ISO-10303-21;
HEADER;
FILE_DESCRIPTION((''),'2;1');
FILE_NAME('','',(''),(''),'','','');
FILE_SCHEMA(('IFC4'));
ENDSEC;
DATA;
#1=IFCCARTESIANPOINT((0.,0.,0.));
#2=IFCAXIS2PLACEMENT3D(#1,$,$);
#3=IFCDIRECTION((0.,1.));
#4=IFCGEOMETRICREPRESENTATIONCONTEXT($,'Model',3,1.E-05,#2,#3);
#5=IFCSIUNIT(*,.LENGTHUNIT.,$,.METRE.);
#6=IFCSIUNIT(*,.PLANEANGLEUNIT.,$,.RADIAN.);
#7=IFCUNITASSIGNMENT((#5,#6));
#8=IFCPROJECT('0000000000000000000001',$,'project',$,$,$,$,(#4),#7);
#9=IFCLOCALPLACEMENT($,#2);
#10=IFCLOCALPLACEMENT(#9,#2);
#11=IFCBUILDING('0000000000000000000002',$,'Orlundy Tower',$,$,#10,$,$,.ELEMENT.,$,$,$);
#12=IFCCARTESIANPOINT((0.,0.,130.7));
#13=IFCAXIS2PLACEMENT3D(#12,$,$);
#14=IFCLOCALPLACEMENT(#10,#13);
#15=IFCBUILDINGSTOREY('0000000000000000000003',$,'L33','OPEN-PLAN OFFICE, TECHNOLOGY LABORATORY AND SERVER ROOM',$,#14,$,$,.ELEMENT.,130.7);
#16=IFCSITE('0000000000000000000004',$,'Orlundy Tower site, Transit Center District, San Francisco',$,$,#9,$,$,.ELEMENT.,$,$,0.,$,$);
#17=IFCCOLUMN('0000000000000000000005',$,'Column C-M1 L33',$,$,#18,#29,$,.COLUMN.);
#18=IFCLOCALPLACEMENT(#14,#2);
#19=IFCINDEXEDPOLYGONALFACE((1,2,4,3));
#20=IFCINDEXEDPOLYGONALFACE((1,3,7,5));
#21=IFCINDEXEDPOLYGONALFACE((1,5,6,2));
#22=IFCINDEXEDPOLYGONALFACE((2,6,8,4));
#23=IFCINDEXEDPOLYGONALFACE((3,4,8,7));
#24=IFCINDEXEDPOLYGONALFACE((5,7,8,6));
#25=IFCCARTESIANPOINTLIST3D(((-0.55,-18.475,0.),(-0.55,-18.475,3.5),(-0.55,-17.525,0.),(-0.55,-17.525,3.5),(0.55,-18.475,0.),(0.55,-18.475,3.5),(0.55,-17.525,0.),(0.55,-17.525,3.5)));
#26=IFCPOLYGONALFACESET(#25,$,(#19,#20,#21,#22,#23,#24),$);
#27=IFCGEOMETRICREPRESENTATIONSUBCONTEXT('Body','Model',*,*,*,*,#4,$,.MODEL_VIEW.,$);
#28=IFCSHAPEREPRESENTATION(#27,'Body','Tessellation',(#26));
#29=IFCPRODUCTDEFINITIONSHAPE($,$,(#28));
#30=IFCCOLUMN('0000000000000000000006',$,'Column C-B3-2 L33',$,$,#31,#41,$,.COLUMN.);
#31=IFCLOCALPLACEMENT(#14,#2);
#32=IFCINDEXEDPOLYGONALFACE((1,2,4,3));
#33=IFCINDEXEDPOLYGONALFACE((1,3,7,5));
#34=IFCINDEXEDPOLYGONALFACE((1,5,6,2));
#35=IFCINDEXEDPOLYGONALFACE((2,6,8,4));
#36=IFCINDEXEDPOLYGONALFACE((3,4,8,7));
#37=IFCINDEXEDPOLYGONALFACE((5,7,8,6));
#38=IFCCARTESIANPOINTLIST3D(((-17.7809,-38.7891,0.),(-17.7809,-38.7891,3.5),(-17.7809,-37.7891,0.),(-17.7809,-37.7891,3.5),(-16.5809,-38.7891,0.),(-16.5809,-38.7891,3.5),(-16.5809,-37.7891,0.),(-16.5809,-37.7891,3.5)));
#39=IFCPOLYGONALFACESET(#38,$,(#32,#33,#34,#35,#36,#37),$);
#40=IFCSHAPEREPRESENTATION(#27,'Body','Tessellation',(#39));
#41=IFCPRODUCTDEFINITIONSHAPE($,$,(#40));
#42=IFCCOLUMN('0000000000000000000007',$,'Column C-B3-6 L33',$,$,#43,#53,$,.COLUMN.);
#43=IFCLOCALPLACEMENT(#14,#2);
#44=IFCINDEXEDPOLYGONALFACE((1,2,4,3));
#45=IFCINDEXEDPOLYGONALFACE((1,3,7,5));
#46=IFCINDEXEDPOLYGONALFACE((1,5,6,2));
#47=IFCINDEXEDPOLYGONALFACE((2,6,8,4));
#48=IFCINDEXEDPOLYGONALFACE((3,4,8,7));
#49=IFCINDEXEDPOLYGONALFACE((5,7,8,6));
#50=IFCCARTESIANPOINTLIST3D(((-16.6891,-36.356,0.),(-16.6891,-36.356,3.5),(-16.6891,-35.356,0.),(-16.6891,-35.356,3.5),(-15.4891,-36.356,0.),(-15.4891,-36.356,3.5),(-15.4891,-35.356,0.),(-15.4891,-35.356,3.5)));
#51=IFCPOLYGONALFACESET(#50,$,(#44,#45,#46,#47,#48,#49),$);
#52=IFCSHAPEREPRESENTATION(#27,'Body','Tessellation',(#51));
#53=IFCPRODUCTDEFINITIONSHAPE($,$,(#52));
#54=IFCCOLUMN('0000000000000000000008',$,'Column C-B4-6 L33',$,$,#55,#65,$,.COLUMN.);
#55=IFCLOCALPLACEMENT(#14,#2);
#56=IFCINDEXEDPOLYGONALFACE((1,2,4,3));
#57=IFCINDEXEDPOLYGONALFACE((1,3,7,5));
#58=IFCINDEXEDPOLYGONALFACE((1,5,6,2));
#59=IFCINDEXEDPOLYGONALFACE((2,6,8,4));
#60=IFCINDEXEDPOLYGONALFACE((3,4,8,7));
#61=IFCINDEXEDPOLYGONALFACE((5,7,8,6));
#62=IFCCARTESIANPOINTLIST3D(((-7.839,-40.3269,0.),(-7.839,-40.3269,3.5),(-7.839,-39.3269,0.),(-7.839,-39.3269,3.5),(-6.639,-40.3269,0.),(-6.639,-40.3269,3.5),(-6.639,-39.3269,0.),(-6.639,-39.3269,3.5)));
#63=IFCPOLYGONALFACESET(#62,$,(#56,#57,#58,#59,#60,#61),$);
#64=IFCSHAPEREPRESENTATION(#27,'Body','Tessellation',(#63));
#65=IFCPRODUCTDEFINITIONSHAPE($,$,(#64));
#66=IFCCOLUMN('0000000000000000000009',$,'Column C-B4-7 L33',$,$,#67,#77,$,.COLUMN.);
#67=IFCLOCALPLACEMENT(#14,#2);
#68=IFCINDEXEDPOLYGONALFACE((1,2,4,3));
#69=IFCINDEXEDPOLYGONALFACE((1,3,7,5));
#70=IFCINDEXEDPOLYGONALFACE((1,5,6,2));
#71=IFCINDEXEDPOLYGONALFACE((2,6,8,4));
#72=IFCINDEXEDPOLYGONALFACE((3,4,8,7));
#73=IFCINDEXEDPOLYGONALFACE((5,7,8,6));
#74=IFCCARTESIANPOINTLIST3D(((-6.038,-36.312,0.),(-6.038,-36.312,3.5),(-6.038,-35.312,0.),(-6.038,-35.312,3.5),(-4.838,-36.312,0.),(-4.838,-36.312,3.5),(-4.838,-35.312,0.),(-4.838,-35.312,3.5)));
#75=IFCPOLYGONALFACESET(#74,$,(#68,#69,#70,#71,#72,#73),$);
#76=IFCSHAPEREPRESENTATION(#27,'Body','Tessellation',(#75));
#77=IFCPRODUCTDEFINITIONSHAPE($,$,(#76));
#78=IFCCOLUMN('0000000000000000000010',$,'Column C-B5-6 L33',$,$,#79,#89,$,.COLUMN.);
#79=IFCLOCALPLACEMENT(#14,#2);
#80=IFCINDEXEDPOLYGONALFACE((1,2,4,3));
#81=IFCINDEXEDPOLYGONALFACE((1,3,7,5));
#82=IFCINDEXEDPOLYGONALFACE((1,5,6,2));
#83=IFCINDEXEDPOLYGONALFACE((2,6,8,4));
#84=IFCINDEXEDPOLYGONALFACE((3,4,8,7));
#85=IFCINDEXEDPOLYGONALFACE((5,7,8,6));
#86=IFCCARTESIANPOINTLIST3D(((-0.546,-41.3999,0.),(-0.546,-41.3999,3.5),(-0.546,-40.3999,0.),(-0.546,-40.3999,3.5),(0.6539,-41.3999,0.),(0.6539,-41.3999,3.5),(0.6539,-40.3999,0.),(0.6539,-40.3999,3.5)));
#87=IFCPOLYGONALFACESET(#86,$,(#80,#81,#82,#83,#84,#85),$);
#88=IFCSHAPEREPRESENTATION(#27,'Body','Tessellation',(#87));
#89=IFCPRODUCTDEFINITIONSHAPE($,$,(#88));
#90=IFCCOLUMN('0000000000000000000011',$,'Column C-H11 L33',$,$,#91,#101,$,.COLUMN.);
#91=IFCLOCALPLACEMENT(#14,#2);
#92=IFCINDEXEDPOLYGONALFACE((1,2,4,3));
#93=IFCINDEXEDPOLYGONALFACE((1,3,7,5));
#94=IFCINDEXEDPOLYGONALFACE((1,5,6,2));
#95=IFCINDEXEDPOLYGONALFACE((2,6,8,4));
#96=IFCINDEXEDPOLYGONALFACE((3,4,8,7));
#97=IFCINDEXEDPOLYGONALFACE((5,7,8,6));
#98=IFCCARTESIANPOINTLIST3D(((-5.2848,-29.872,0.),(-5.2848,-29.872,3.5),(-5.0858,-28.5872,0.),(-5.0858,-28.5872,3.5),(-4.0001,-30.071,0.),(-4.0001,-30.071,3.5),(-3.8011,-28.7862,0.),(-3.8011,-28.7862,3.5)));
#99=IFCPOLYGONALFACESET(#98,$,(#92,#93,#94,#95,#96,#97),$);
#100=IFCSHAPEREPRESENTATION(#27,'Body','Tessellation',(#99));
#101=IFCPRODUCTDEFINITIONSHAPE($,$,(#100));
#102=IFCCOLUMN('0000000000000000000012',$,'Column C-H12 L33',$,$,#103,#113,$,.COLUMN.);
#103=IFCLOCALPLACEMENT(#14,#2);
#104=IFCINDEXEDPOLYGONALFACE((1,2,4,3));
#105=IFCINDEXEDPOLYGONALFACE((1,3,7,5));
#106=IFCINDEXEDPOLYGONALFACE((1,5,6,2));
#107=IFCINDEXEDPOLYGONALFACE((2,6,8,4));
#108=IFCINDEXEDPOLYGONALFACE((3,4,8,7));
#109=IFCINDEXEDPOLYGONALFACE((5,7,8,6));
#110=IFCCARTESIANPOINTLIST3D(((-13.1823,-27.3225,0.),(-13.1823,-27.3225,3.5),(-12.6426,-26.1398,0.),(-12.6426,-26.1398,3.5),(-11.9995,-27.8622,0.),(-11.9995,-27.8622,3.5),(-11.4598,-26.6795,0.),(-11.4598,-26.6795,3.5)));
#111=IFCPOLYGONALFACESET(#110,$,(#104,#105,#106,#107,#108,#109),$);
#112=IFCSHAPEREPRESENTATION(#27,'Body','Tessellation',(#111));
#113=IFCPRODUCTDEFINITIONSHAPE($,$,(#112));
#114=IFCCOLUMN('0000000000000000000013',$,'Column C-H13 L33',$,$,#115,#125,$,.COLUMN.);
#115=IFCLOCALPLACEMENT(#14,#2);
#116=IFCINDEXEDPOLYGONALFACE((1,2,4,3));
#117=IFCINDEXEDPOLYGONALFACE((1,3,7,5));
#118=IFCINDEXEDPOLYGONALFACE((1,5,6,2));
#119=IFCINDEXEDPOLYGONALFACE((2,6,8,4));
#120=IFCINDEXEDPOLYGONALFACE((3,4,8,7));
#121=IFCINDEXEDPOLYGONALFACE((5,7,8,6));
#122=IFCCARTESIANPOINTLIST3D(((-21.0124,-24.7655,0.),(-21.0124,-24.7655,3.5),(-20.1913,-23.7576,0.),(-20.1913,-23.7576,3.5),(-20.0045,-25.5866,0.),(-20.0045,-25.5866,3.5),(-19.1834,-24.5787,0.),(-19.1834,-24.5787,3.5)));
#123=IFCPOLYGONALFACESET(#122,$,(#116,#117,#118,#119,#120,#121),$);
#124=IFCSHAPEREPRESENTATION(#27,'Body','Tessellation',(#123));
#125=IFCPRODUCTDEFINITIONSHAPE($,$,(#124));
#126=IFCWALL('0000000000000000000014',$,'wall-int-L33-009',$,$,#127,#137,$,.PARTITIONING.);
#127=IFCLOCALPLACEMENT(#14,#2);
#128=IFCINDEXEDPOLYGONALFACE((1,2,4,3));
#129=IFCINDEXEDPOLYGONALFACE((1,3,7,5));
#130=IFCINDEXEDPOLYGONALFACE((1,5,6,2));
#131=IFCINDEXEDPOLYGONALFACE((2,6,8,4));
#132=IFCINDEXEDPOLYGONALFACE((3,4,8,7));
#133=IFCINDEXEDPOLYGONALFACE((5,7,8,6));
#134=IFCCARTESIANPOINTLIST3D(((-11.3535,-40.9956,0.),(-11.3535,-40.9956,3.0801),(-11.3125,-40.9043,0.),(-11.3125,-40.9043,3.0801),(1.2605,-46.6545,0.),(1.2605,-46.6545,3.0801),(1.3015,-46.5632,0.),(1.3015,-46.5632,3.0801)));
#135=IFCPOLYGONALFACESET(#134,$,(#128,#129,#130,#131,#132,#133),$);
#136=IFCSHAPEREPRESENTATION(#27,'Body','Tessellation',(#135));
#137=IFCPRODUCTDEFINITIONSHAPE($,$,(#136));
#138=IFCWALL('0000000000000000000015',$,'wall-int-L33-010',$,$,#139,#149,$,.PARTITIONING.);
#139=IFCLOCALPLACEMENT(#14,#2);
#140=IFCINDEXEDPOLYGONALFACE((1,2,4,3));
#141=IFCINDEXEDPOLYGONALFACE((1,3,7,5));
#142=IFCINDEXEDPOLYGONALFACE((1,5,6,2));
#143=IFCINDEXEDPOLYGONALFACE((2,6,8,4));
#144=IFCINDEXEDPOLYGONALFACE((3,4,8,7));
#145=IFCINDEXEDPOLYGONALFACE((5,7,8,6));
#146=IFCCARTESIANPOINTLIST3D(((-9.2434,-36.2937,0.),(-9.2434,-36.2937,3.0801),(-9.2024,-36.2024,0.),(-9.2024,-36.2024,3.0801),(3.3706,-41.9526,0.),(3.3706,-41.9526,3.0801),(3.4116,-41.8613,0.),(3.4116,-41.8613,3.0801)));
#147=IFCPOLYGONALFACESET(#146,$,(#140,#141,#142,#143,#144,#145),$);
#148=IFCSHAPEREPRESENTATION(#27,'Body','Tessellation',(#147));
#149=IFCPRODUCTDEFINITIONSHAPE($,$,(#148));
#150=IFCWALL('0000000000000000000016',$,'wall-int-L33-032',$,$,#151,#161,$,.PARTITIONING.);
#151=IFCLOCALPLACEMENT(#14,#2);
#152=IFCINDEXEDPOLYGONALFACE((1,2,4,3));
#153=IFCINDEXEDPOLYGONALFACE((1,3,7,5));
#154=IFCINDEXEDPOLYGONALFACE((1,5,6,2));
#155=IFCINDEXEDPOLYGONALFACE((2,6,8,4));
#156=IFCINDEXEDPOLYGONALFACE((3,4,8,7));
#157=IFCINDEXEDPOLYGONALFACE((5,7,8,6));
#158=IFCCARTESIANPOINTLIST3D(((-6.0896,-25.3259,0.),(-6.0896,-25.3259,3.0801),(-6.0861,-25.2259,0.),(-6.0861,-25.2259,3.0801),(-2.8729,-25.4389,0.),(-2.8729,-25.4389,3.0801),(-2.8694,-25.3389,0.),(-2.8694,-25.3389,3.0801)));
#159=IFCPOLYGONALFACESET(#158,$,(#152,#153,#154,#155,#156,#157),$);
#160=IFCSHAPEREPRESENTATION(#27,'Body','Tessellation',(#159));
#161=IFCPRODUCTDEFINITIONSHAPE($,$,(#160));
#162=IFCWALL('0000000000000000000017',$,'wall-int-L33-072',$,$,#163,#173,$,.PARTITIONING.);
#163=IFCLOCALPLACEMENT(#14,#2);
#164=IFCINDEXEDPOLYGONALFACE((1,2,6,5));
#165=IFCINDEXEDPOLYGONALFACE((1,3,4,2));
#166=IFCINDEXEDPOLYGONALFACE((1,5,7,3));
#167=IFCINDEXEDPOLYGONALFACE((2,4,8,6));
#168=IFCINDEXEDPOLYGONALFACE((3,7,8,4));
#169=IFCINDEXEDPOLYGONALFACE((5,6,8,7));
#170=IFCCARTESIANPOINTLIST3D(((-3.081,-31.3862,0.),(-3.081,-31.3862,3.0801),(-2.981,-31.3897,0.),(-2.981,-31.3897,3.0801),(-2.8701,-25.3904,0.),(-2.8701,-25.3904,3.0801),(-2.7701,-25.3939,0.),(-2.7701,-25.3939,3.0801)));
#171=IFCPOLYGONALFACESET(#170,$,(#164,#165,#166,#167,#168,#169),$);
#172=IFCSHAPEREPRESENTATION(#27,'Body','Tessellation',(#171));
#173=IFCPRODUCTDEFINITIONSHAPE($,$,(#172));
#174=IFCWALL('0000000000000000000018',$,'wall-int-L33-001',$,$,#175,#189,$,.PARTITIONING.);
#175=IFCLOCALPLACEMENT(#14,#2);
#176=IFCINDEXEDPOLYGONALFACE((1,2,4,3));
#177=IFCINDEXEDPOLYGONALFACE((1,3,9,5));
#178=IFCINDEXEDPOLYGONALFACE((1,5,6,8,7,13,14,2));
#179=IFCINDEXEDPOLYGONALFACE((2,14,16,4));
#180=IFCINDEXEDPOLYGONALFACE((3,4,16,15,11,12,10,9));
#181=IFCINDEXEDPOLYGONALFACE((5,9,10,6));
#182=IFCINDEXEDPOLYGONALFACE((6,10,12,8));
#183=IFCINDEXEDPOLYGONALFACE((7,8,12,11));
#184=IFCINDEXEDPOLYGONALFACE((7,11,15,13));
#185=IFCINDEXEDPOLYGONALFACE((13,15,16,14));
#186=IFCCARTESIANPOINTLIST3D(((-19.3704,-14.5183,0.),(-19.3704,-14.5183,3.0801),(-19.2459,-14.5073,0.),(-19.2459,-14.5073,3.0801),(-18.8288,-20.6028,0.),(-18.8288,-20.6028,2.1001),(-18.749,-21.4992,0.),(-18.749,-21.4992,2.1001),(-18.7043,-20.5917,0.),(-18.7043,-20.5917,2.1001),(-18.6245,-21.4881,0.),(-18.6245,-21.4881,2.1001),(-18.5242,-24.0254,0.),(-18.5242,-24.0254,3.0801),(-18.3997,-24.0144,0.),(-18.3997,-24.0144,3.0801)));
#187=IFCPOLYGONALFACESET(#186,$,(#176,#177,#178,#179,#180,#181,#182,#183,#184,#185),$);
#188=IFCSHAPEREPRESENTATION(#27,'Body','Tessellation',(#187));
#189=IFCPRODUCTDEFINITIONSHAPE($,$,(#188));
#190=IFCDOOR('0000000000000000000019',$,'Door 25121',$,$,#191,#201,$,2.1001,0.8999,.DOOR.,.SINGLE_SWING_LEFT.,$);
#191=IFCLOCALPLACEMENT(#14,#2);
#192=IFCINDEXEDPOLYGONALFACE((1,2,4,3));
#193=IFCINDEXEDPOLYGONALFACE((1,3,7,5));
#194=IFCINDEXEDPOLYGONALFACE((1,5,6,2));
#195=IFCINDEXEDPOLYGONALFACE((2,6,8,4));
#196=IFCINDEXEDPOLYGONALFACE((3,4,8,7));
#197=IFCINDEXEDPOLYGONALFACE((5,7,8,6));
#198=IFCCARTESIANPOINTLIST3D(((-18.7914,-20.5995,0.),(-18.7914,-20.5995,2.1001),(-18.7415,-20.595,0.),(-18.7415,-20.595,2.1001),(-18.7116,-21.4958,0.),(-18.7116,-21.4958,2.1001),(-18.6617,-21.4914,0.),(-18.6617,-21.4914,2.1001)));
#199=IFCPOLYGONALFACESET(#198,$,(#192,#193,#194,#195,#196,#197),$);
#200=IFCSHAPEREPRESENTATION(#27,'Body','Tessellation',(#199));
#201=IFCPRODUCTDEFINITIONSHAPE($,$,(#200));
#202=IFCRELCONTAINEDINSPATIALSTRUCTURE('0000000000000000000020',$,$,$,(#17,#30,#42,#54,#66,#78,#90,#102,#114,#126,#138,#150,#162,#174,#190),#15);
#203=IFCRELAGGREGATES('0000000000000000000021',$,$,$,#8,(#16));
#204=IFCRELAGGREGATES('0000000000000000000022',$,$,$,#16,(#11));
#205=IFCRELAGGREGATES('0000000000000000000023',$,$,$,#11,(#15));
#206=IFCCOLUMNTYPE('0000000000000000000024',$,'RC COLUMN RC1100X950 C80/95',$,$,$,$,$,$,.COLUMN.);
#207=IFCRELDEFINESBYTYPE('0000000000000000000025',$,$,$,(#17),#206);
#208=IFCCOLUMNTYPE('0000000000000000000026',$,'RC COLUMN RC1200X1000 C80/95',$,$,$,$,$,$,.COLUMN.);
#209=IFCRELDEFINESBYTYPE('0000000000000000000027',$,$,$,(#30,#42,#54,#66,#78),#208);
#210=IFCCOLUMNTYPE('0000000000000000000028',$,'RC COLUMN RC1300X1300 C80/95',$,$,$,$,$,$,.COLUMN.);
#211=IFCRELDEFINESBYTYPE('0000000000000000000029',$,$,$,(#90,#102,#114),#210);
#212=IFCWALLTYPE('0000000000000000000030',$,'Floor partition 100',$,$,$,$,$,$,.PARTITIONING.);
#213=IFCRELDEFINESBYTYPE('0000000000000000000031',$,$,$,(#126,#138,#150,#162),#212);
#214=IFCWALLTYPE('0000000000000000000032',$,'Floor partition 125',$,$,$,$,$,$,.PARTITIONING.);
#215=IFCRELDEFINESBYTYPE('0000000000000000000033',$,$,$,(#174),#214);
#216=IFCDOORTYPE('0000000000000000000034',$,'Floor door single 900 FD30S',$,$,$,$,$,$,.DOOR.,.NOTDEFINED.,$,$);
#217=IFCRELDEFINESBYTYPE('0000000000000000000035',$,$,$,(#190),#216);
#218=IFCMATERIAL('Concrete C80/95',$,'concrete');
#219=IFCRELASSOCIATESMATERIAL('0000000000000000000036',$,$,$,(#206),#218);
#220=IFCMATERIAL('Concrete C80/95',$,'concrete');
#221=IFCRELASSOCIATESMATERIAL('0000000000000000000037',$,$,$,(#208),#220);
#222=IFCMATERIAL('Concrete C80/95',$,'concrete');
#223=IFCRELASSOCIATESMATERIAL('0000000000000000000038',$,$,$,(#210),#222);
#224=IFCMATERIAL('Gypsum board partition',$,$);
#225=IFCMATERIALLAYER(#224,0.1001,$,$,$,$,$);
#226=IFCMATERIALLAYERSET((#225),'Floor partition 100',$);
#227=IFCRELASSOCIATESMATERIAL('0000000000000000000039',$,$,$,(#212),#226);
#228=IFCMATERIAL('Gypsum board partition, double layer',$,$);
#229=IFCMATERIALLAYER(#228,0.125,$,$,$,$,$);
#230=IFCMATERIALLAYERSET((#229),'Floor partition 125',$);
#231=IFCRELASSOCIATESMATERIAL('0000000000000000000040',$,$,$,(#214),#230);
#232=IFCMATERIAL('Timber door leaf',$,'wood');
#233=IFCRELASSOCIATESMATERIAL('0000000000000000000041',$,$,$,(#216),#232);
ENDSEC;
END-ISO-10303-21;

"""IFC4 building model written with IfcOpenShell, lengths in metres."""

from ifc_helpers import new_model, si_unit, direction, frame, frame_2d, origin, origin_2d, place, context, subcontext, project, spatial, rectangle, extrude, material, layer, layer_set, material_profile, profile_set, type_object, element, fill, save


model = new_model("IFC4")

# Units and contexts
model_context = context("Model", 3, precision=1e-05, world=origin(), true_north=direction((0.0, 1.0)))
body_context = subcontext(model_context, "Body", "Model", "MODEL_VIEW")
ifc_project = project(units=[si_unit("LENGTHUNIT", "METRE"), si_unit("PLANEANGLEUNIT", "RADIAN")], contexts=[model_context])

# Site, building, storey
site_placement = place(None, origin())
site = spatial("IfcSite", under=ifc_project, at=site_placement, Name="Orlundy Tower site, Transit Center District, San Francisco", CompositionType="ELEMENT", RefElevation=0.0)
building_placement = place(site_placement, origin())
building = spatial("IfcBuilding", under=site, at=building_placement, Name="Orlundy Tower", CompositionType="ELEMENT")
storey_placement = place(building_placement, frame((0.0, 0.0, 130.7)))
storey = spatial("IfcBuildingStorey", under=building, at=storey_placement, Name="L33", Description="OPEN-PLAN OFFICE, TECHNOLOGY LABORATORY AND SERVER ROOM", CompositionType="ELEMENT", Elevation=130.7)

# Columns
ifc_material_1 = material(Name="Concrete C80/95", Category="concrete")
ifc_material_profile_1 = material_profile(ifc_material_1, rectangle(XDim=1.1001, YDim=0.95, at=origin_2d()), Name="RC1100X950")
ifc_profile_set_1 = profile_set([ifc_material_profile_1], Name="Concrete C80/95")
column_type_1 = type_object("IfcColumnType", Name="RC COLUMN RC1100X950 C80/95", PredefinedType="COLUMN", material=ifc_profile_set_1)
column_placement = place(storey_placement, frame((0.0, -18.0, 0.0), z_axis=(0.0, 0.0, 1.0), x_axis=(1.0, 0.0, 0.0)))
element("IfcColumn", 1, at=column_placement, inside=storey, type_object=column_type_1, Name="Column C-M1 L33", PredefinedType="COLUMN", context=body_context, shape_type="SweptSolid", body=[
    extrude(rectangle(XDim=1.1001, YDim=0.95, at=origin_2d()), origin(), (0.0, 0.0, 1.0), 3.5),
])
ifc_material_2 = material(Name="Concrete C80/95", Category="concrete")
ifc_material_profile_2 = material_profile(ifc_material_2, rectangle(XDim=1.2, YDim=1.0, at=origin_2d()), Name="RC1200X1000")
ifc_profile_set_2 = profile_set([ifc_material_profile_2], Name="Concrete C80/95")
column_type_2 = type_object("IfcColumnType", Name="RC COLUMN RC1200X1000 C80/95", PredefinedType="COLUMN", material=ifc_profile_set_2)
for number, where, z_axis, x_axis, name in (
    (2, (-17.1809, -38.2891, 0.0), (0.0, 0.0, 1.0), (1.0, 0.0, 0.0), "Column C-B3-2 L33"),
    (3, (-16.0891, -35.856, 0.0), (0.0, 0.0, 1.0), (1.0, 0.0, 0.0), "Column C-B3-6 L33"),
    (4, (-7.239, -39.8269, 0.0), (0.0, 0.0, 1.0), (1.0, 0.0, 0.0), "Column C-B4-6 L33"),
    (5, (-5.438, -35.812, 0.0), (0.0, 0.0, 1.0), (1.0, 0.0, 0.0), "Column C-B4-7 L33"),
    (6, (0.054, -40.8999, 0.0), (0.0, 0.0, 1.0), (1.0, 0.0, 0.0), "Column C-B5-6 L33"),
):
    element("IfcColumn", number, at=place(storey_placement, frame(where, z_axis=z_axis, x_axis=x_axis)), inside=storey, type_object=column_type_2, Name=name, PredefinedType="COLUMN", context=body_context, shape_type="SweptSolid", body=[
        extrude(rectangle(XDim=1.2, YDim=1.0, at=origin_2d()), origin(), (0.0, 0.0, 1.0), 3.5),
    ])
ifc_material_3 = material(Name="Concrete C80/95", Category="concrete")
ifc_material_profile_3 = material_profile(ifc_material_3, rectangle(XDim=1.3, YDim=1.3, at=origin_2d()), Name="RC1300X1300")
ifc_profile_set_3 = profile_set([ifc_material_profile_3], Name="Concrete C80/95")
column_type_3 = type_object("IfcColumnType", Name="RC COLUMN RC1300X1300 C80/95", PredefinedType="COLUMN", material=ifc_profile_set_3)
for number, where, z_axis, x_axis, name in (
    (7, (-4.543, -29.3291, 0.0), (0.0, 0.0, 1.0), (-0.153072, -0.988215, 0.0), "Column C-H11 L33"),
    (8, (-12.321, -27.001, 0.0), (0.0, 0.0, 1.0), (-0.415138, -0.909759, 0.0), "Column C-H12 L33"),
    (9, (-20.0979, -24.6721, 0.0), (0.0, 0.0, 1.0), (-0.631583, -0.775308, 0.0), "Column C-H13 L33"),
):
    element("IfcColumn", number, at=place(storey_placement, frame(where, z_axis=z_axis, x_axis=x_axis)), inside=storey, type_object=column_type_3, Name=name, PredefinedType="COLUMN", context=body_context, shape_type="SweptSolid", body=[
        extrude(rectangle(XDim=1.3, YDim=1.3, at=origin_2d()), origin(), (0.0, 0.0, 1.0), 3.5),
    ])

# Walls
ifc_material_4 = material(Name="Gypsum board partition")
ifc_layer_1 = layer(ifc_material_4, 0.1001)
ifc_layer_set_1 = layer_set([ifc_layer_1], Name="Floor partition 100")
wall_type_1 = type_object("IfcWallType", Name="Floor partition 100", PredefinedType="PARTITIONING", material=ifc_layer_set_1)
for number, where, z_axis, x_axis, name in (
    (10, (-11.333, -40.95, 0.0), (0.0, 0.0, 1.0), (0.912391, -0.40932, 0.0), "wall-int-L33-009"),
    (11, (-9.2229, -36.248, 0.0), (0.0, 0.0, 1.0), (0.912391, -0.40932, 0.0), "wall-int-L33-010"),
):
    element("IfcWall", number, at=place(storey_placement, frame(where, z_axis=z_axis, x_axis=x_axis)), inside=storey, type_object=wall_type_1, Name=name, PredefinedType="PARTITIONING", context=body_context, shape_type="SweptSolid", body=[
        extrude(rectangle(XDim=13.8252, YDim=0.1001, at=frame_2d((6.9126, 0.0))), origin(), (0.0, 0.0, 1.0), 3.0801),
    ])
wall_1_placement = place(storey_placement, frame((-6.0879, -25.2759, 0.0), z_axis=(0.0, 0.0, 1.0), x_axis=(0.999383, -0.035118, 0.0)))
element("IfcWall", 12, at=wall_1_placement, inside=storey, type_object=wall_type_1, Name="wall-int-L33-032", PredefinedType="PARTITIONING", context=body_context, shape_type="SweptSolid", body=[
    extrude(rectangle(XDim=3.2188, YDim=0.1001, at=frame_2d((1.6094, 0.0))), origin(), (0.0, 0.0, 1.0), 3.0801),
])
wall_2_placement = place(storey_placement, frame((-3.031, -31.3879, 0.0), z_axis=(0.0, 0.0, 1.0), x_axis=(0.035159, 0.999382, 0.0)))
element("IfcWall", 13, at=wall_2_placement, inside=storey, type_object=wall_type_1, Name="wall-int-L33-072", PredefinedType="PARTITIONING", context=body_context, shape_type="SweptSolid", body=[
    extrude(rectangle(XDim=5.9995, YDim=0.1001, at=frame_2d((2.9998, 0.0))), origin(), (0.0, 0.0, 1.0), 3.0801),
])

# Wall, opening, door
ifc_material_5 = material(Name="Gypsum board partition, double layer")
ifc_layer_2 = layer(ifc_material_5, 0.125)
ifc_layer_set_2 = layer_set([ifc_layer_2], Name="Floor partition 125")
wall_type_2 = type_object("IfcWallType", Name="Floor partition 125", PredefinedType="PARTITIONING", material=ifc_layer_set_2)
wall_3_placement = place(storey_placement, frame((-18.4619, -24.02, 0.0), z_axis=(0.0, 0.0, 1.0), x_axis=(-0.088656, 0.996062, 0.0)))
wall_3 = element("IfcWall", 14, at=wall_3_placement, inside=storey, type_object=wall_type_2, Name="wall-int-L33-001", PredefinedType="PARTITIONING", context=body_context, shape_type="SweptSolid", body=[
    extrude(rectangle(XDim=9.5447, YDim=0.125, at=frame_2d((4.7725, 0.0))), origin(), (0.0, 0.0, 1.0), 3.0801),
])
opening_1_placement = place(wall_3_placement, frame((2.5364, 0.0, 0.0)))
opening_1 = element("IfcOpeningElement", 15, at=opening_1_placement, cuts=wall_3, PredefinedType="OPENING", context=body_context, shape_type="SweptSolid", body=[
    extrude(rectangle(XDim=0.8999, YDim=2.1001, at=frame_2d((0.45, 1.05))), frame((0.0, 0.0725, 0.0), z_axis=(0.0, -1.0, 0.0), x_axis=(1.0, 0.0, 0.0)), (0.0, 0.0, 1.0), 0.145),
])
ifc_material_6 = material(Name="Timber door leaf", Category="wood")
door_type_1 = type_object("IfcDoorType", Name="Floor door single 900 FD30S", OperationType="NOTDEFINED", PredefinedType="DOOR", material=ifc_material_6)
door_1_placement = place(opening_1_placement, origin())
door_1 = element("IfcDoor", 16, at=door_1_placement, inside=storey, type_object=door_type_1, Name="Door 25121", OperationType="SINGLE_SWING_LEFT", OverallHeight=2.1001, OverallWidth=0.8999, PredefinedType="DOOR", context=body_context, shape_type="SweptSolid", body=[
    extrude(rectangle(XDim=0.8999, YDim=2.1001, at=frame_2d((0.45, 1.05))), frame((0.0, 0.0249, 0.0), z_axis=(0.0, -1.0, 0.0), x_axis=(1.0, 0.0, 0.0)), (0.0, 0.0, 1.0), 0.05),
])
fill(opening_1, door_1)

save(model, "model.ifc")
